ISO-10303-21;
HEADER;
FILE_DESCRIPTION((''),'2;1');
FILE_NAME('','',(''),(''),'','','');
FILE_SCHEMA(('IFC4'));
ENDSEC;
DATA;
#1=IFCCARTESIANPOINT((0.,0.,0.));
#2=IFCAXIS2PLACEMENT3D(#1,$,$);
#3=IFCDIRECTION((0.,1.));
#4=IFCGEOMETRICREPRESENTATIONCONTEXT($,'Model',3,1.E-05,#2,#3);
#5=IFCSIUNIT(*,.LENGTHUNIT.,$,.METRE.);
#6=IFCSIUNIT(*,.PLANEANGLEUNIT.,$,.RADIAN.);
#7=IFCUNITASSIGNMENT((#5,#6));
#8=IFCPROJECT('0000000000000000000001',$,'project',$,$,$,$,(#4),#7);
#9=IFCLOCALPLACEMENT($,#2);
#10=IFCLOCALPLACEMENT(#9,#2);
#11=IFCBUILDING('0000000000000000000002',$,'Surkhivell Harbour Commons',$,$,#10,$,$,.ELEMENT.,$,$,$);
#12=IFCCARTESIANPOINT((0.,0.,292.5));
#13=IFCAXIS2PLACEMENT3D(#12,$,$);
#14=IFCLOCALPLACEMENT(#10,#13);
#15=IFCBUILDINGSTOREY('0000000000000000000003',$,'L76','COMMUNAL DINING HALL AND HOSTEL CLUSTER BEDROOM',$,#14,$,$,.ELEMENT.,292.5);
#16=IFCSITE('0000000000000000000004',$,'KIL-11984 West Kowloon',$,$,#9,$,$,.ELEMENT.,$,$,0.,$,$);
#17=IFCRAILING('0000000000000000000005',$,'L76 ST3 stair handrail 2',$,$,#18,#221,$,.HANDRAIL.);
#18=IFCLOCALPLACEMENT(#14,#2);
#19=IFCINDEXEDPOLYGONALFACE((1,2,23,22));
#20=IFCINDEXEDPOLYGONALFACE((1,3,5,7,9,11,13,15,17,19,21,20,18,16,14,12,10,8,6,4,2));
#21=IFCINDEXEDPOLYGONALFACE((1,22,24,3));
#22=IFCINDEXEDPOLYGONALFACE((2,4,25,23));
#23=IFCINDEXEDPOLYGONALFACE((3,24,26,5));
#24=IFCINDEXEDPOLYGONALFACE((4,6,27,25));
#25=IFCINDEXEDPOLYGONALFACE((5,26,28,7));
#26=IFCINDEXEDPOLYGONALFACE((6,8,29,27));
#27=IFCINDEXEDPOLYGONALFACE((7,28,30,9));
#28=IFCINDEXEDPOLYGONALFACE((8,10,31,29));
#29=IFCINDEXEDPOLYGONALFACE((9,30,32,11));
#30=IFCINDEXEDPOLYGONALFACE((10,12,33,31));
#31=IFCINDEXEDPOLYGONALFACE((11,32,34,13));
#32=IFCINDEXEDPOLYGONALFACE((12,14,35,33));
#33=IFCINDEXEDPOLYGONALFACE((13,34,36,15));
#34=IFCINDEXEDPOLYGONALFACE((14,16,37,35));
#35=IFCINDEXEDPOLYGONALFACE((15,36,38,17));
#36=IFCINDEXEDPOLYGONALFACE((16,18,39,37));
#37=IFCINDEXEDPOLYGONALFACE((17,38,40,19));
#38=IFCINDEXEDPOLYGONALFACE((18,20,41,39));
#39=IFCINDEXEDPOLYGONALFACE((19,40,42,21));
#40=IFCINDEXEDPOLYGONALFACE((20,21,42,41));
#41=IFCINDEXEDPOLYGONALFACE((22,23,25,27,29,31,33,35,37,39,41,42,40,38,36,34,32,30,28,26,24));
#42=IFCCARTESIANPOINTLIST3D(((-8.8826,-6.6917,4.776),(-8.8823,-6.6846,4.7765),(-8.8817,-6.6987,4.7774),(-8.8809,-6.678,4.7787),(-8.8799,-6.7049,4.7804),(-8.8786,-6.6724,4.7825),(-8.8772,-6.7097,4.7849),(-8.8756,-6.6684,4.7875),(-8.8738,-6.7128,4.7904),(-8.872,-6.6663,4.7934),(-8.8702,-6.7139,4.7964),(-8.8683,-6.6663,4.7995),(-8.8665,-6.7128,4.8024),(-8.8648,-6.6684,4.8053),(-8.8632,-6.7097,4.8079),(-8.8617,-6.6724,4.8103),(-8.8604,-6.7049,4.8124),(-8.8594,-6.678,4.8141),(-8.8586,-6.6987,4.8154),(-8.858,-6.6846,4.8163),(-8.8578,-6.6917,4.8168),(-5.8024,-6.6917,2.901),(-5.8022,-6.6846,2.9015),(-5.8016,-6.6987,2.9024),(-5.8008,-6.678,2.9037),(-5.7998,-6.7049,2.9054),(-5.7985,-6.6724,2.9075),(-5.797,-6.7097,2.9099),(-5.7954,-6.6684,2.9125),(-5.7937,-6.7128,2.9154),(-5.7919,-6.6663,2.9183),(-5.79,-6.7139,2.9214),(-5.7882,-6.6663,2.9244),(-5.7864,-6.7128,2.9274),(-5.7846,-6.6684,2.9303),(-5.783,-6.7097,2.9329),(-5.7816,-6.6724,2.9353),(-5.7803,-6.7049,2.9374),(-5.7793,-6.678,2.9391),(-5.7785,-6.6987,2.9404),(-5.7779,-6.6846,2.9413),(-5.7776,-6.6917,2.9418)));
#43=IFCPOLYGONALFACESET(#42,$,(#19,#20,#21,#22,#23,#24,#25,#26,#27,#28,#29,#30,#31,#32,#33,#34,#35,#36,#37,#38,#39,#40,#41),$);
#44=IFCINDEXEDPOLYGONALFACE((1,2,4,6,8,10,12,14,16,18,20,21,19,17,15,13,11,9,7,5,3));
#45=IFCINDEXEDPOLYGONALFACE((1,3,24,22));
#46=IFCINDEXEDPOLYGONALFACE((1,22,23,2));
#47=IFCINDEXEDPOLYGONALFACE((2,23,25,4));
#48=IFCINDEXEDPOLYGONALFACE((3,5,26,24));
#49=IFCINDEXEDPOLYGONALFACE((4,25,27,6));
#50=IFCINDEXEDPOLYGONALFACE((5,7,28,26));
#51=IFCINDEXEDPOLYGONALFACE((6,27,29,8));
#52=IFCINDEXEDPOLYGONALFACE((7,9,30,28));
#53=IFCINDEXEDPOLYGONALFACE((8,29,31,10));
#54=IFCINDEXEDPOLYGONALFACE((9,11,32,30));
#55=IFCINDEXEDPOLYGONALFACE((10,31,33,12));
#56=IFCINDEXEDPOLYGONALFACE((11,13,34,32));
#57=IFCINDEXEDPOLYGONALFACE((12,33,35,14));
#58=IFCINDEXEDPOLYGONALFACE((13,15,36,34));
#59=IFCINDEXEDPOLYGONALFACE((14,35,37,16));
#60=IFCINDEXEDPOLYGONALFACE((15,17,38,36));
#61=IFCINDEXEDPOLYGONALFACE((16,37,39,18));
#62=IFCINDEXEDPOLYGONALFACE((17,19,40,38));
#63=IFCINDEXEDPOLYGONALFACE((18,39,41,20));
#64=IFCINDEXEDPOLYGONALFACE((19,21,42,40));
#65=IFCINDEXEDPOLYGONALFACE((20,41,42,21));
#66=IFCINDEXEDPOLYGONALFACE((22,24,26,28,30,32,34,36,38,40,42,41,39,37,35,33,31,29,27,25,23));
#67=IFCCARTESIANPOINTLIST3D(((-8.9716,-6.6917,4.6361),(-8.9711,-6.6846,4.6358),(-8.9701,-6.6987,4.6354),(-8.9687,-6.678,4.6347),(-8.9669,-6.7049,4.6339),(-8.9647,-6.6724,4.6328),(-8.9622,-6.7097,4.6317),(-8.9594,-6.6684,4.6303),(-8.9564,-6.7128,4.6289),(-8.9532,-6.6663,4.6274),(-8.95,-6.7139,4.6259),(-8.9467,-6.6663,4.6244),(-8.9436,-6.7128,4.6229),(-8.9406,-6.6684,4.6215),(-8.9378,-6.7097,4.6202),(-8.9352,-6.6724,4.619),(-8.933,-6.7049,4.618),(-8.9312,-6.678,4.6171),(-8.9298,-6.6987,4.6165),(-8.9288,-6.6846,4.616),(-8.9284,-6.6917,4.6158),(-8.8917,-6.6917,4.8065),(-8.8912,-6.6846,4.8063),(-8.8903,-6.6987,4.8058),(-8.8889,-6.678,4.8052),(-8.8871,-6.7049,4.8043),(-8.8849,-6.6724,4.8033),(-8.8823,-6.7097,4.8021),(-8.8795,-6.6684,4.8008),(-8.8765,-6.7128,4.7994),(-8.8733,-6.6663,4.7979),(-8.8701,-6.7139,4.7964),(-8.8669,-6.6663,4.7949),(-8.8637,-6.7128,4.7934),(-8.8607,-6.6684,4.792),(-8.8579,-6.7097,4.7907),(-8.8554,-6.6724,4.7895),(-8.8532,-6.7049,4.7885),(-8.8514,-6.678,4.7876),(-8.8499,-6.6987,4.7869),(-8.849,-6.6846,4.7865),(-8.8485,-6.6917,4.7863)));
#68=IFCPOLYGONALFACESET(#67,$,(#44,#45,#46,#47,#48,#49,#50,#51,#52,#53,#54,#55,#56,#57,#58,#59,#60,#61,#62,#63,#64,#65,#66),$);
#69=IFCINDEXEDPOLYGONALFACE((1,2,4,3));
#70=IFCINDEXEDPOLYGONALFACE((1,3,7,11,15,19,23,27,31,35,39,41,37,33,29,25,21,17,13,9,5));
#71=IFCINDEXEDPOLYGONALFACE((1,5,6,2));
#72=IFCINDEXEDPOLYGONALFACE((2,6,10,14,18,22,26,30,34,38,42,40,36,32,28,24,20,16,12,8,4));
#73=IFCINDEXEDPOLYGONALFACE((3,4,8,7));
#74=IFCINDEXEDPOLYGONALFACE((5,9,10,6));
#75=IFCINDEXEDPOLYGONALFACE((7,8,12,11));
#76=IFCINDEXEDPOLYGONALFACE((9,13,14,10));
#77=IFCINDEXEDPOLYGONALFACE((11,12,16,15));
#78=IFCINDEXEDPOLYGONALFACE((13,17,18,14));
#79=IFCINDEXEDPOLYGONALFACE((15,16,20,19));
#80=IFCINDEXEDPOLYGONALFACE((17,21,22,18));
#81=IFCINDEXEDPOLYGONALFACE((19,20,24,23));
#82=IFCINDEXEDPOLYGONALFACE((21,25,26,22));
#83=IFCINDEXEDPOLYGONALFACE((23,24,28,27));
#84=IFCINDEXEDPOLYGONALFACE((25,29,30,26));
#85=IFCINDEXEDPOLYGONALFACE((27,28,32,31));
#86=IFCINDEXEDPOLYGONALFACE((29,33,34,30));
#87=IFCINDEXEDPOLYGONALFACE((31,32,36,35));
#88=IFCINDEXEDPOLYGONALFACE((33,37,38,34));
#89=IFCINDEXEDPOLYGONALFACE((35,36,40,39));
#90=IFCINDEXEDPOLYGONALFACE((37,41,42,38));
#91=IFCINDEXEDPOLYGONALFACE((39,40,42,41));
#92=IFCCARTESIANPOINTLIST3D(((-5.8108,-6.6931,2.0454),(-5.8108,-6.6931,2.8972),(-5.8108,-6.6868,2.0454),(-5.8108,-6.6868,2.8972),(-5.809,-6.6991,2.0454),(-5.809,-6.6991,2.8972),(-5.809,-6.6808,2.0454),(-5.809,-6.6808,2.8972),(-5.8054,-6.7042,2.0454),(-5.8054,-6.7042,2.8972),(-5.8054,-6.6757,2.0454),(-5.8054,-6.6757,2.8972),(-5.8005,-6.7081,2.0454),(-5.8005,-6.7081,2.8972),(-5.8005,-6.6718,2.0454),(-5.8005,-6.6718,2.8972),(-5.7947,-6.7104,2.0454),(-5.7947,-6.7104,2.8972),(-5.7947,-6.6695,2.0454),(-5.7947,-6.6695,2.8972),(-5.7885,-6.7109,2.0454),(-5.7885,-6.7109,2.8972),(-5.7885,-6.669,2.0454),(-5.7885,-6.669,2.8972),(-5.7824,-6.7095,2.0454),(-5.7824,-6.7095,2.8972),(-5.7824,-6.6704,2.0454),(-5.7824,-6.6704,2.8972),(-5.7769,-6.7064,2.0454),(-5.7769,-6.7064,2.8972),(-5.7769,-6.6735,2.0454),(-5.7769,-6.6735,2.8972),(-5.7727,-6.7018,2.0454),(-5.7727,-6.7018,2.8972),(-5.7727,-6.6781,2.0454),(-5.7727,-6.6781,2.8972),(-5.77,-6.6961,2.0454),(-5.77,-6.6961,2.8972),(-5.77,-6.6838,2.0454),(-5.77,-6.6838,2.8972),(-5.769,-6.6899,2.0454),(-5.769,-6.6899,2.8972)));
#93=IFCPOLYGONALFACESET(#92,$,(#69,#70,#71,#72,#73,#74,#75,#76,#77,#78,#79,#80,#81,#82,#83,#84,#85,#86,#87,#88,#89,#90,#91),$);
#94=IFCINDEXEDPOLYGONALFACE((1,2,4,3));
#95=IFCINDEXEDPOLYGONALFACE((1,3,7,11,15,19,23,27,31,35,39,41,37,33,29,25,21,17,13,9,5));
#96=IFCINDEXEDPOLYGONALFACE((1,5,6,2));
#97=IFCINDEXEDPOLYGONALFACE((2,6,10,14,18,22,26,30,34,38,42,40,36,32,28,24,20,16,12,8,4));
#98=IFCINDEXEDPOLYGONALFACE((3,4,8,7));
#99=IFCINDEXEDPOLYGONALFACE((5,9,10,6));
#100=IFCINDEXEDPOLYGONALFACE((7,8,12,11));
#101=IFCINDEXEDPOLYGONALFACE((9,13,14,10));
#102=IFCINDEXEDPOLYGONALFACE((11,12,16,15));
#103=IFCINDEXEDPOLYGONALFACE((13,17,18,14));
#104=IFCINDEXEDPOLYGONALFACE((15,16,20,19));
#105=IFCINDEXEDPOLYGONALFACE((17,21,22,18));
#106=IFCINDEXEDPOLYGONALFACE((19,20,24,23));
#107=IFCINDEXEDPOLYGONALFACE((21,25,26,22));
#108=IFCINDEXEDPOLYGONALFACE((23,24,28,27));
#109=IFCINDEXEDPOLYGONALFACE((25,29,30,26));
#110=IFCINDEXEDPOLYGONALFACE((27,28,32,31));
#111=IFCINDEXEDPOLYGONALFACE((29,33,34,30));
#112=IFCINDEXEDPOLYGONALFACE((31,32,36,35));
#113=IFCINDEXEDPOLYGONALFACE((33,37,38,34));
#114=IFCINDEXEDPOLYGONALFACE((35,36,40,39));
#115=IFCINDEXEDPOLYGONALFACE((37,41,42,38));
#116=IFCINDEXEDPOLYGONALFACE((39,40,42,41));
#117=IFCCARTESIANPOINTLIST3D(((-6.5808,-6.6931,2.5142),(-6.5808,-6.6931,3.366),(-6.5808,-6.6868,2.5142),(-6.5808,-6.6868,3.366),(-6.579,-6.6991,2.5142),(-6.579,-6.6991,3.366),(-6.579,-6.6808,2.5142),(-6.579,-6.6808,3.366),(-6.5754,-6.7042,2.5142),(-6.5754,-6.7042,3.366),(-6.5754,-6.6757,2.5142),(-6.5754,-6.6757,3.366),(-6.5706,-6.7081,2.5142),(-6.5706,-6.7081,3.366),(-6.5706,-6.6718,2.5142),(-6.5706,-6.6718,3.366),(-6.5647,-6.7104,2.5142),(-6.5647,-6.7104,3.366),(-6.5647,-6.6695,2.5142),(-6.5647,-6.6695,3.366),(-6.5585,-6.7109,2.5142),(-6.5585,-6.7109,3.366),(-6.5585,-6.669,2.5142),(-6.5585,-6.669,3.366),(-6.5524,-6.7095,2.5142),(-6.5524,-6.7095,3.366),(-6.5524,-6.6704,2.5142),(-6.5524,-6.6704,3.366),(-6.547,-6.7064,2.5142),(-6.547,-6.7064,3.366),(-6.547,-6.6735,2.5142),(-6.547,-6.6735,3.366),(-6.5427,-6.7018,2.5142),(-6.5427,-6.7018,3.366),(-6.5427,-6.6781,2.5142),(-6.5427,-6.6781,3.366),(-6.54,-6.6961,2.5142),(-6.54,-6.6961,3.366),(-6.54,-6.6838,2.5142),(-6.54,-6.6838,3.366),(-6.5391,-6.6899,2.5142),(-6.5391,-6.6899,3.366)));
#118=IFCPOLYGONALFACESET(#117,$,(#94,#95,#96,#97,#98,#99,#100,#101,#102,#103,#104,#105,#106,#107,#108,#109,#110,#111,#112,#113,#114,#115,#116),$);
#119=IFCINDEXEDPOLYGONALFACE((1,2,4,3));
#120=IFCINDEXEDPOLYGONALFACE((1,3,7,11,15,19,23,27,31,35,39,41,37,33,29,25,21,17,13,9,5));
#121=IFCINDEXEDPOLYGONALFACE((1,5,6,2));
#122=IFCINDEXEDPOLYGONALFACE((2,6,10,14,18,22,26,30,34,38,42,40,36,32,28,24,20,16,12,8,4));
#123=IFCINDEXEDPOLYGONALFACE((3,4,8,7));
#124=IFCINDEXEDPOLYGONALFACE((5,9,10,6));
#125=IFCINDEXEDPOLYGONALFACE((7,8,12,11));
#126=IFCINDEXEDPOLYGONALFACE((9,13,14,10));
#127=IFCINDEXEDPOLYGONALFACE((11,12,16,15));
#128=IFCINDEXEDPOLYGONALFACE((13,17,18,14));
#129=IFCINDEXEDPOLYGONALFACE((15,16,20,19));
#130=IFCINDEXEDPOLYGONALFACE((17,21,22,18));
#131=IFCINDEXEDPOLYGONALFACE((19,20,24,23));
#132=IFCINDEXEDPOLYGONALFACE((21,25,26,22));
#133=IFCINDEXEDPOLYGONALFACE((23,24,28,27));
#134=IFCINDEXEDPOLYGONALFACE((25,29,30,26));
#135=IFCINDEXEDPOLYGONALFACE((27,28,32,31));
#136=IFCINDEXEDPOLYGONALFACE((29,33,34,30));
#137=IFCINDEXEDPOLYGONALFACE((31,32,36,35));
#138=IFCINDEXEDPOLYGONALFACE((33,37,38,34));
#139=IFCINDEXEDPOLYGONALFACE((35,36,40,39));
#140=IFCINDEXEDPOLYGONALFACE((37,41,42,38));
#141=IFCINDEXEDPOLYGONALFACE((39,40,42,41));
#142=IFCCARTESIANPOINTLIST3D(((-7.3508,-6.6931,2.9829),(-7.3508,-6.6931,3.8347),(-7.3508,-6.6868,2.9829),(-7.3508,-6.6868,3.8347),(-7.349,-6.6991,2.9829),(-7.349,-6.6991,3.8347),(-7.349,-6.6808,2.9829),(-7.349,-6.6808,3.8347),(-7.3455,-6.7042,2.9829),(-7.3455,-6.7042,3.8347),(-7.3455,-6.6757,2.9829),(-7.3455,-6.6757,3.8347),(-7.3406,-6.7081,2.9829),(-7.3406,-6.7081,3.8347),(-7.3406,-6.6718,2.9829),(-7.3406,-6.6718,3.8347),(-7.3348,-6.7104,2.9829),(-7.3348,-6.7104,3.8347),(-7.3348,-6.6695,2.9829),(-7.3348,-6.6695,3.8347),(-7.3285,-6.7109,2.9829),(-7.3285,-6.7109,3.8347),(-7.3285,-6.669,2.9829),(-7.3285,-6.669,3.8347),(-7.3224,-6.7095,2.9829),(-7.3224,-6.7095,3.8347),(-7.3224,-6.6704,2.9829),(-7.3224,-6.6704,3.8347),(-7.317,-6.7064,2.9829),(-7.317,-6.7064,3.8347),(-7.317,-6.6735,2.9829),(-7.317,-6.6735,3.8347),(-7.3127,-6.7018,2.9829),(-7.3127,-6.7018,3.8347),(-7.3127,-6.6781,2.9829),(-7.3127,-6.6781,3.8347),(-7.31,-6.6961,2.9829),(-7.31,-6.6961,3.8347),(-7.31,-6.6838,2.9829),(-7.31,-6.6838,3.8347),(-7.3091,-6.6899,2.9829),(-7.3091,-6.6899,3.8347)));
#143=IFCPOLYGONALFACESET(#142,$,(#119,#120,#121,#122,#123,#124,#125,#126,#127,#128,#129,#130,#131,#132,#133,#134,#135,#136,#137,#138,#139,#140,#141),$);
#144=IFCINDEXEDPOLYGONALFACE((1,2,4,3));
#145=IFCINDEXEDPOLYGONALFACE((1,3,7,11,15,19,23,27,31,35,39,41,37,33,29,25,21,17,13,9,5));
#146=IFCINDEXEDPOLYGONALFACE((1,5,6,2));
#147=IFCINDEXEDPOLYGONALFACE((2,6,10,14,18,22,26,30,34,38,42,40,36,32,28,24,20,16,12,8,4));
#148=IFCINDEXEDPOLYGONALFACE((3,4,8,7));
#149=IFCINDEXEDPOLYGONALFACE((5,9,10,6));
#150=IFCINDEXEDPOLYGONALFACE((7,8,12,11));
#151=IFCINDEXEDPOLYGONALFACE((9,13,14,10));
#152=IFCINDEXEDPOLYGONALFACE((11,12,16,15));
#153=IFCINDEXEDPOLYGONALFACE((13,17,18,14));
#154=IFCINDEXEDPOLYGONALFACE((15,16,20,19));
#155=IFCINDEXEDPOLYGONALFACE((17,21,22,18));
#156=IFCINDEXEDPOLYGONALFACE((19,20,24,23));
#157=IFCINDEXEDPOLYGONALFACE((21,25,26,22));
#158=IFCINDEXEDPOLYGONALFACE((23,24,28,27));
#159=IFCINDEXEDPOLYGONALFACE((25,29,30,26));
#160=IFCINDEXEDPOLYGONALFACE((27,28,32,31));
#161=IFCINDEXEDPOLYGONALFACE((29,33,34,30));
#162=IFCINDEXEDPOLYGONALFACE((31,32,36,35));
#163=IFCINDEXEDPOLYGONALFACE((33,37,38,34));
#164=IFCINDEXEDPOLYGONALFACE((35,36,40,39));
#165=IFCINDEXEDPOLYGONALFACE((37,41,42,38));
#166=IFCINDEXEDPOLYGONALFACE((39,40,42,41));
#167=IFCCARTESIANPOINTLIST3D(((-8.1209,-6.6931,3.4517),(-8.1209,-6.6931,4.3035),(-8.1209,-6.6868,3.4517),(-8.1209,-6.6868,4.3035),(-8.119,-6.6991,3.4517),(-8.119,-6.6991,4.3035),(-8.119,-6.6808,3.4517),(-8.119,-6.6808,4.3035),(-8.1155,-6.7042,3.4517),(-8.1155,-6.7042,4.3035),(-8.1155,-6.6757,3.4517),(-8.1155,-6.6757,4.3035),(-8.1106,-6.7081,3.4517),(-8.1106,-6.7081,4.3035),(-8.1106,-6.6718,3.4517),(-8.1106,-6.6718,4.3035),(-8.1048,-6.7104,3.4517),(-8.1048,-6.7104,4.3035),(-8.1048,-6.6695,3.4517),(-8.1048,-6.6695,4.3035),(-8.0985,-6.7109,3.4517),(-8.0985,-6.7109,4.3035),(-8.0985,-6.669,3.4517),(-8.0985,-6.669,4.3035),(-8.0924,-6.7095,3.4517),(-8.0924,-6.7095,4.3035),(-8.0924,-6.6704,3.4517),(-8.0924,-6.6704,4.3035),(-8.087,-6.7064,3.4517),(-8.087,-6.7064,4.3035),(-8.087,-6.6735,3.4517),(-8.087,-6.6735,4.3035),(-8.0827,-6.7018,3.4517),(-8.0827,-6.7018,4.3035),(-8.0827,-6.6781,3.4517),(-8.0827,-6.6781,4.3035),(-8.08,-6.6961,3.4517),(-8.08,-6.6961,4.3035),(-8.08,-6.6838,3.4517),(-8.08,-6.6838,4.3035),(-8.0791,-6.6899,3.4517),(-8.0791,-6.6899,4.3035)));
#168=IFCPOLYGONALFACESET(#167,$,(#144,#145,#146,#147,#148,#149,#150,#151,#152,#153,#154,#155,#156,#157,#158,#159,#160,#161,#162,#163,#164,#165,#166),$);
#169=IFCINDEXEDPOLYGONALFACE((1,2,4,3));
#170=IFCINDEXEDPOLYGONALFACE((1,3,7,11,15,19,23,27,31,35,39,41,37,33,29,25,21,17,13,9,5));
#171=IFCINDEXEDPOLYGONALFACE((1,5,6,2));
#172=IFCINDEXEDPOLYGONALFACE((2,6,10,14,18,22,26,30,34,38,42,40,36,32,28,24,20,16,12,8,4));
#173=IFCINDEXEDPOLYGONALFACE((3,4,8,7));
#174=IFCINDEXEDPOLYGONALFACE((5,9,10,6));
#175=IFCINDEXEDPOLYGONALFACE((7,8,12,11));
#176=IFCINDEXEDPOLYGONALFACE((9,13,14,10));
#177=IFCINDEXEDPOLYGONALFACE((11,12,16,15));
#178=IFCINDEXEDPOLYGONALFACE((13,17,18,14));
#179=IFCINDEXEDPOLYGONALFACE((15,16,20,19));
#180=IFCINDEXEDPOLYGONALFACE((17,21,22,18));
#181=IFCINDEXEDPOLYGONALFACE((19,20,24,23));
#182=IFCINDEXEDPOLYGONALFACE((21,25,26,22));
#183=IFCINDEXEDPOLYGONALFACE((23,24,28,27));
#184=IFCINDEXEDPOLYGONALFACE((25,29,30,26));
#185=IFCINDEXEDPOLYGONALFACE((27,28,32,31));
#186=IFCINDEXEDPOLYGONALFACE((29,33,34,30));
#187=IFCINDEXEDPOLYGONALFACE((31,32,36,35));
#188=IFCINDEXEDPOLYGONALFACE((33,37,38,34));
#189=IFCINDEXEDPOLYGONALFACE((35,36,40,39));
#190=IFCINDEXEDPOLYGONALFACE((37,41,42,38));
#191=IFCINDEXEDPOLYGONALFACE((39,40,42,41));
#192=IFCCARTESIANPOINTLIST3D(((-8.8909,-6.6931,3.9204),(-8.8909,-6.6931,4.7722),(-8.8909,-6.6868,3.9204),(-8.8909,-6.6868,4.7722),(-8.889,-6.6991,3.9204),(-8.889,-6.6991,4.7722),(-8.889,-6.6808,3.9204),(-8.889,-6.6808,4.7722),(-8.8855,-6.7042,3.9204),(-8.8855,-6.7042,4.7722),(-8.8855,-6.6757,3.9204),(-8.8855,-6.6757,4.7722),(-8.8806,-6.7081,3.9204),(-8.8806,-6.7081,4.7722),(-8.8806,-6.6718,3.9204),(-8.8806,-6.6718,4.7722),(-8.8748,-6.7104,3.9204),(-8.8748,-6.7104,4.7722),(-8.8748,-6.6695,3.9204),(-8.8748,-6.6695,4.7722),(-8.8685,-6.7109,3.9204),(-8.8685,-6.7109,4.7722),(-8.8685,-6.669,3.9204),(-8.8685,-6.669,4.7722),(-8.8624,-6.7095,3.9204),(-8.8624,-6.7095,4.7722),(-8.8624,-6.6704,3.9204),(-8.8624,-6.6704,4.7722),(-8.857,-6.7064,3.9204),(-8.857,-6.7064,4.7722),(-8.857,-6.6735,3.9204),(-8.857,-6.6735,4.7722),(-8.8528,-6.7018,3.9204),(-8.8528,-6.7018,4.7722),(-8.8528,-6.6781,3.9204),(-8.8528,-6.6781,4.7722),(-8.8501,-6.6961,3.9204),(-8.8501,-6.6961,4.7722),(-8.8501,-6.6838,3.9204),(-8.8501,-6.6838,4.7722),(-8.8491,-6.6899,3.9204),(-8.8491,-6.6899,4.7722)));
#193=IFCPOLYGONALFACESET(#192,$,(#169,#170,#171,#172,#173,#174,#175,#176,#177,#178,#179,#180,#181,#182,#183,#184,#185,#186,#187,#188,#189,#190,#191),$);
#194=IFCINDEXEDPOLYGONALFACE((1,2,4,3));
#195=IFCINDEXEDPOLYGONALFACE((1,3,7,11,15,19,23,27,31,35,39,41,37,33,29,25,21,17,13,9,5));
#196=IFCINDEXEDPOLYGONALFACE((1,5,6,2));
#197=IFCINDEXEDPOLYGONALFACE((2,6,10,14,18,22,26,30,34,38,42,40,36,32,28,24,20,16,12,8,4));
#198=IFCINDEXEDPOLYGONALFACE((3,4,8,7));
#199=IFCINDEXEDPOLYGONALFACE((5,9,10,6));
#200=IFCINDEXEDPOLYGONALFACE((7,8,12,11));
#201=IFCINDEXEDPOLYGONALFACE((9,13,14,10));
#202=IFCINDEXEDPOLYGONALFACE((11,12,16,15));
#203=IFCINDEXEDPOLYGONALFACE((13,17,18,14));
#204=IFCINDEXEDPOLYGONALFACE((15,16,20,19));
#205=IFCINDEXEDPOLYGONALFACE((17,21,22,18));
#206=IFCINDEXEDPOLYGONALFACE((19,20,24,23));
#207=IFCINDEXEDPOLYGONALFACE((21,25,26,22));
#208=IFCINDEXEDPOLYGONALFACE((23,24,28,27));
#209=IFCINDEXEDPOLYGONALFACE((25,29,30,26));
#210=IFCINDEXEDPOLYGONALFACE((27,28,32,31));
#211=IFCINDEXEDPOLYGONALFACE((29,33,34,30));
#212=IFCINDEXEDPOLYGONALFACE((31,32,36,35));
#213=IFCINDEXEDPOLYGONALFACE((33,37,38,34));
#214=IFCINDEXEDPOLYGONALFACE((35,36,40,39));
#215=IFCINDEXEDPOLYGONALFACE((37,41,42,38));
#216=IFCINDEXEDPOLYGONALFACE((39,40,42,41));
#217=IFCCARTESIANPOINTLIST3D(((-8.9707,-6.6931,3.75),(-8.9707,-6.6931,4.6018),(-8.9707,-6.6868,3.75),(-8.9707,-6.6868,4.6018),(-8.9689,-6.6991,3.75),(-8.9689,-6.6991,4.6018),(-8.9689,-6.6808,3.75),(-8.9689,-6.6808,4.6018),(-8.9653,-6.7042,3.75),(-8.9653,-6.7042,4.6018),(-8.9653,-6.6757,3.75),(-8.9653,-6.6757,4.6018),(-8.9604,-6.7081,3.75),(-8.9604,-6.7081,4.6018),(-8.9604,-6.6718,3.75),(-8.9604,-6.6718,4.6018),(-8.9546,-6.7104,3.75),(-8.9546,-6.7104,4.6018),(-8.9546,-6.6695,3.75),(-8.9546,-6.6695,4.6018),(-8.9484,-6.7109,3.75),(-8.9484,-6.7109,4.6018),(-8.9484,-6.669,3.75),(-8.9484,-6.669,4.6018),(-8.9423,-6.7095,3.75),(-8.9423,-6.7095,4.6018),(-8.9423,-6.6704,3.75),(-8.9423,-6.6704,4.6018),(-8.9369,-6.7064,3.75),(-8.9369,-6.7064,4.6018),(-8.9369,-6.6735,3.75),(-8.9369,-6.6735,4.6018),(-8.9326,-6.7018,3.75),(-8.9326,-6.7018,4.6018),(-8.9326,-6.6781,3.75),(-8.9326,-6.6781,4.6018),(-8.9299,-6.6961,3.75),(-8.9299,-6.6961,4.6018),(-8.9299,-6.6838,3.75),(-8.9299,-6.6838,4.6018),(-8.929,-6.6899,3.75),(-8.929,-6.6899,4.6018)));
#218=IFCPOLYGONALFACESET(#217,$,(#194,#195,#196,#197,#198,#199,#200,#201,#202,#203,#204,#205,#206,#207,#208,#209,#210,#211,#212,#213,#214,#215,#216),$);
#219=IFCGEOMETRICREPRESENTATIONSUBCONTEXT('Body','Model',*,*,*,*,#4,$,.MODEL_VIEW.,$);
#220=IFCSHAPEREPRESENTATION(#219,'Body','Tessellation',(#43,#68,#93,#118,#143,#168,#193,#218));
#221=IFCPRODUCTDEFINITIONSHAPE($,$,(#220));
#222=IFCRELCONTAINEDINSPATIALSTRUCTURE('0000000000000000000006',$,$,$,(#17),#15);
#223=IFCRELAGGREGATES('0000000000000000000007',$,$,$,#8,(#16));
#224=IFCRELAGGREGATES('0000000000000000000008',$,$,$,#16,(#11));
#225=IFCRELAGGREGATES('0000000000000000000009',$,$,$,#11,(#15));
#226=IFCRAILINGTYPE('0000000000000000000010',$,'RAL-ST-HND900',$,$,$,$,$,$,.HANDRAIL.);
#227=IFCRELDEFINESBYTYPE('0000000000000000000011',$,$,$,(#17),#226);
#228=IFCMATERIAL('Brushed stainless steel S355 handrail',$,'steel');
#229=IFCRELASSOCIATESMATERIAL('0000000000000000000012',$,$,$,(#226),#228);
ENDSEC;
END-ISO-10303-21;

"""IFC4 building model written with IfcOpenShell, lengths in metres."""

from ifc_helpers import new_model, si_unit, direction, frame, origin, origin_2d, place, context, subcontext, project, spatial, circle, extrude, material, type_object, element, save


model = new_model("IFC4")

# Units and contexts
model_context = context("Model", 3, precision=1e-05, world=origin(), true_north=direction((0.0, 1.0)))
body_context = subcontext(model_context, "Body", "Model", "MODEL_VIEW")
ifc_project = project(units=[si_unit("LENGTHUNIT", "METRE"), si_unit("PLANEANGLEUNIT", "RADIAN")], contexts=[model_context])

# Site, building, storey
site_placement = place(None, origin())
site = spatial("IfcSite", under=ifc_project, at=site_placement, Name="KIL-11984 West Kowloon", CompositionType="ELEMENT", RefElevation=0.0)
building_placement = place(site_placement, origin())
building = spatial("IfcBuilding", under=site, at=building_placement, Name="Surkhivell Harbour Commons", CompositionType="ELEMENT")
storey_placement = place(building_placement, frame((0.0, 0.0, 292.5)))
storey = spatial("IfcBuildingStorey", under=building, at=storey_placement, Name="L76", Description="COMMUNAL DINING HALL AND HOSTEL CLUSTER BEDROOM", CompositionType="ELEMENT", Elevation=292.5)

# Railing
ifc_material_1 = material(Name="Brushed stainless steel S355 handrail", Category="steel")
railing_type = type_object("IfcRailingType", Name="RAL-ST-HND900", PredefinedType="HANDRAIL", material=ifc_material_1)
railing_placement = place(storey_placement, frame((-5.79, -6.6899, 2.0454)))
element("IfcRailing", 1, at=railing_placement, inside=storey, type_object=railing_type, Name="L76 ST3 stair handrail 2", PredefinedType="HANDRAIL", context=body_context, shape_type="SweptSolid", body=[
    extrude(circle(Radius=0.0239, at=origin_2d()), frame((0.0, 0.0, 0.876), z_axis=(-0.854178, 0.0, 0.519981), x_axis=(0.0, -1.0, 0.0)), (0.0, 0.0, 1.0), 3.606),
    extrude(circle(Radius=0.0239, at=origin_2d()), frame((-3.0801, 0.0, 2.751), z_axis=(-0.424234, 0.0, -0.905552), x_axis=(0.0, -1.0, 0.0)), (0.0, 0.0, 1.0), 0.1882),
    extrude(circle(Radius=0.021, at=origin_2d()), origin(), (0.0, 0.0, 1.0), 0.8518),
    extrude(circle(Radius=0.021, at=origin_2d()), frame((-0.77, 0.0, 0.4688)), (0.0, 0.0, 1.0), 0.8518),
    extrude(circle(Radius=0.021, at=origin_2d()), frame((-1.54, 0.0, 0.9375)), (0.0, 0.0, 1.0), 0.8518),
    extrude(circle(Radius=0.021, at=origin_2d()), frame((-2.3101, 0.0, 1.4062)), (0.0, 0.0, 1.0), 0.8518),
    extrude(circle(Radius=0.021, at=origin_2d()), frame((-3.0801, 0.0, 1.875)), (0.0, 0.0, 1.0), 0.8518),
    extrude(circle(Radius=0.021, at=origin_2d()), frame((-3.1599, 0.0, 1.7046)), (0.0, 0.0, 1.0), 0.8518),
])

save(model, "model.ifc")
